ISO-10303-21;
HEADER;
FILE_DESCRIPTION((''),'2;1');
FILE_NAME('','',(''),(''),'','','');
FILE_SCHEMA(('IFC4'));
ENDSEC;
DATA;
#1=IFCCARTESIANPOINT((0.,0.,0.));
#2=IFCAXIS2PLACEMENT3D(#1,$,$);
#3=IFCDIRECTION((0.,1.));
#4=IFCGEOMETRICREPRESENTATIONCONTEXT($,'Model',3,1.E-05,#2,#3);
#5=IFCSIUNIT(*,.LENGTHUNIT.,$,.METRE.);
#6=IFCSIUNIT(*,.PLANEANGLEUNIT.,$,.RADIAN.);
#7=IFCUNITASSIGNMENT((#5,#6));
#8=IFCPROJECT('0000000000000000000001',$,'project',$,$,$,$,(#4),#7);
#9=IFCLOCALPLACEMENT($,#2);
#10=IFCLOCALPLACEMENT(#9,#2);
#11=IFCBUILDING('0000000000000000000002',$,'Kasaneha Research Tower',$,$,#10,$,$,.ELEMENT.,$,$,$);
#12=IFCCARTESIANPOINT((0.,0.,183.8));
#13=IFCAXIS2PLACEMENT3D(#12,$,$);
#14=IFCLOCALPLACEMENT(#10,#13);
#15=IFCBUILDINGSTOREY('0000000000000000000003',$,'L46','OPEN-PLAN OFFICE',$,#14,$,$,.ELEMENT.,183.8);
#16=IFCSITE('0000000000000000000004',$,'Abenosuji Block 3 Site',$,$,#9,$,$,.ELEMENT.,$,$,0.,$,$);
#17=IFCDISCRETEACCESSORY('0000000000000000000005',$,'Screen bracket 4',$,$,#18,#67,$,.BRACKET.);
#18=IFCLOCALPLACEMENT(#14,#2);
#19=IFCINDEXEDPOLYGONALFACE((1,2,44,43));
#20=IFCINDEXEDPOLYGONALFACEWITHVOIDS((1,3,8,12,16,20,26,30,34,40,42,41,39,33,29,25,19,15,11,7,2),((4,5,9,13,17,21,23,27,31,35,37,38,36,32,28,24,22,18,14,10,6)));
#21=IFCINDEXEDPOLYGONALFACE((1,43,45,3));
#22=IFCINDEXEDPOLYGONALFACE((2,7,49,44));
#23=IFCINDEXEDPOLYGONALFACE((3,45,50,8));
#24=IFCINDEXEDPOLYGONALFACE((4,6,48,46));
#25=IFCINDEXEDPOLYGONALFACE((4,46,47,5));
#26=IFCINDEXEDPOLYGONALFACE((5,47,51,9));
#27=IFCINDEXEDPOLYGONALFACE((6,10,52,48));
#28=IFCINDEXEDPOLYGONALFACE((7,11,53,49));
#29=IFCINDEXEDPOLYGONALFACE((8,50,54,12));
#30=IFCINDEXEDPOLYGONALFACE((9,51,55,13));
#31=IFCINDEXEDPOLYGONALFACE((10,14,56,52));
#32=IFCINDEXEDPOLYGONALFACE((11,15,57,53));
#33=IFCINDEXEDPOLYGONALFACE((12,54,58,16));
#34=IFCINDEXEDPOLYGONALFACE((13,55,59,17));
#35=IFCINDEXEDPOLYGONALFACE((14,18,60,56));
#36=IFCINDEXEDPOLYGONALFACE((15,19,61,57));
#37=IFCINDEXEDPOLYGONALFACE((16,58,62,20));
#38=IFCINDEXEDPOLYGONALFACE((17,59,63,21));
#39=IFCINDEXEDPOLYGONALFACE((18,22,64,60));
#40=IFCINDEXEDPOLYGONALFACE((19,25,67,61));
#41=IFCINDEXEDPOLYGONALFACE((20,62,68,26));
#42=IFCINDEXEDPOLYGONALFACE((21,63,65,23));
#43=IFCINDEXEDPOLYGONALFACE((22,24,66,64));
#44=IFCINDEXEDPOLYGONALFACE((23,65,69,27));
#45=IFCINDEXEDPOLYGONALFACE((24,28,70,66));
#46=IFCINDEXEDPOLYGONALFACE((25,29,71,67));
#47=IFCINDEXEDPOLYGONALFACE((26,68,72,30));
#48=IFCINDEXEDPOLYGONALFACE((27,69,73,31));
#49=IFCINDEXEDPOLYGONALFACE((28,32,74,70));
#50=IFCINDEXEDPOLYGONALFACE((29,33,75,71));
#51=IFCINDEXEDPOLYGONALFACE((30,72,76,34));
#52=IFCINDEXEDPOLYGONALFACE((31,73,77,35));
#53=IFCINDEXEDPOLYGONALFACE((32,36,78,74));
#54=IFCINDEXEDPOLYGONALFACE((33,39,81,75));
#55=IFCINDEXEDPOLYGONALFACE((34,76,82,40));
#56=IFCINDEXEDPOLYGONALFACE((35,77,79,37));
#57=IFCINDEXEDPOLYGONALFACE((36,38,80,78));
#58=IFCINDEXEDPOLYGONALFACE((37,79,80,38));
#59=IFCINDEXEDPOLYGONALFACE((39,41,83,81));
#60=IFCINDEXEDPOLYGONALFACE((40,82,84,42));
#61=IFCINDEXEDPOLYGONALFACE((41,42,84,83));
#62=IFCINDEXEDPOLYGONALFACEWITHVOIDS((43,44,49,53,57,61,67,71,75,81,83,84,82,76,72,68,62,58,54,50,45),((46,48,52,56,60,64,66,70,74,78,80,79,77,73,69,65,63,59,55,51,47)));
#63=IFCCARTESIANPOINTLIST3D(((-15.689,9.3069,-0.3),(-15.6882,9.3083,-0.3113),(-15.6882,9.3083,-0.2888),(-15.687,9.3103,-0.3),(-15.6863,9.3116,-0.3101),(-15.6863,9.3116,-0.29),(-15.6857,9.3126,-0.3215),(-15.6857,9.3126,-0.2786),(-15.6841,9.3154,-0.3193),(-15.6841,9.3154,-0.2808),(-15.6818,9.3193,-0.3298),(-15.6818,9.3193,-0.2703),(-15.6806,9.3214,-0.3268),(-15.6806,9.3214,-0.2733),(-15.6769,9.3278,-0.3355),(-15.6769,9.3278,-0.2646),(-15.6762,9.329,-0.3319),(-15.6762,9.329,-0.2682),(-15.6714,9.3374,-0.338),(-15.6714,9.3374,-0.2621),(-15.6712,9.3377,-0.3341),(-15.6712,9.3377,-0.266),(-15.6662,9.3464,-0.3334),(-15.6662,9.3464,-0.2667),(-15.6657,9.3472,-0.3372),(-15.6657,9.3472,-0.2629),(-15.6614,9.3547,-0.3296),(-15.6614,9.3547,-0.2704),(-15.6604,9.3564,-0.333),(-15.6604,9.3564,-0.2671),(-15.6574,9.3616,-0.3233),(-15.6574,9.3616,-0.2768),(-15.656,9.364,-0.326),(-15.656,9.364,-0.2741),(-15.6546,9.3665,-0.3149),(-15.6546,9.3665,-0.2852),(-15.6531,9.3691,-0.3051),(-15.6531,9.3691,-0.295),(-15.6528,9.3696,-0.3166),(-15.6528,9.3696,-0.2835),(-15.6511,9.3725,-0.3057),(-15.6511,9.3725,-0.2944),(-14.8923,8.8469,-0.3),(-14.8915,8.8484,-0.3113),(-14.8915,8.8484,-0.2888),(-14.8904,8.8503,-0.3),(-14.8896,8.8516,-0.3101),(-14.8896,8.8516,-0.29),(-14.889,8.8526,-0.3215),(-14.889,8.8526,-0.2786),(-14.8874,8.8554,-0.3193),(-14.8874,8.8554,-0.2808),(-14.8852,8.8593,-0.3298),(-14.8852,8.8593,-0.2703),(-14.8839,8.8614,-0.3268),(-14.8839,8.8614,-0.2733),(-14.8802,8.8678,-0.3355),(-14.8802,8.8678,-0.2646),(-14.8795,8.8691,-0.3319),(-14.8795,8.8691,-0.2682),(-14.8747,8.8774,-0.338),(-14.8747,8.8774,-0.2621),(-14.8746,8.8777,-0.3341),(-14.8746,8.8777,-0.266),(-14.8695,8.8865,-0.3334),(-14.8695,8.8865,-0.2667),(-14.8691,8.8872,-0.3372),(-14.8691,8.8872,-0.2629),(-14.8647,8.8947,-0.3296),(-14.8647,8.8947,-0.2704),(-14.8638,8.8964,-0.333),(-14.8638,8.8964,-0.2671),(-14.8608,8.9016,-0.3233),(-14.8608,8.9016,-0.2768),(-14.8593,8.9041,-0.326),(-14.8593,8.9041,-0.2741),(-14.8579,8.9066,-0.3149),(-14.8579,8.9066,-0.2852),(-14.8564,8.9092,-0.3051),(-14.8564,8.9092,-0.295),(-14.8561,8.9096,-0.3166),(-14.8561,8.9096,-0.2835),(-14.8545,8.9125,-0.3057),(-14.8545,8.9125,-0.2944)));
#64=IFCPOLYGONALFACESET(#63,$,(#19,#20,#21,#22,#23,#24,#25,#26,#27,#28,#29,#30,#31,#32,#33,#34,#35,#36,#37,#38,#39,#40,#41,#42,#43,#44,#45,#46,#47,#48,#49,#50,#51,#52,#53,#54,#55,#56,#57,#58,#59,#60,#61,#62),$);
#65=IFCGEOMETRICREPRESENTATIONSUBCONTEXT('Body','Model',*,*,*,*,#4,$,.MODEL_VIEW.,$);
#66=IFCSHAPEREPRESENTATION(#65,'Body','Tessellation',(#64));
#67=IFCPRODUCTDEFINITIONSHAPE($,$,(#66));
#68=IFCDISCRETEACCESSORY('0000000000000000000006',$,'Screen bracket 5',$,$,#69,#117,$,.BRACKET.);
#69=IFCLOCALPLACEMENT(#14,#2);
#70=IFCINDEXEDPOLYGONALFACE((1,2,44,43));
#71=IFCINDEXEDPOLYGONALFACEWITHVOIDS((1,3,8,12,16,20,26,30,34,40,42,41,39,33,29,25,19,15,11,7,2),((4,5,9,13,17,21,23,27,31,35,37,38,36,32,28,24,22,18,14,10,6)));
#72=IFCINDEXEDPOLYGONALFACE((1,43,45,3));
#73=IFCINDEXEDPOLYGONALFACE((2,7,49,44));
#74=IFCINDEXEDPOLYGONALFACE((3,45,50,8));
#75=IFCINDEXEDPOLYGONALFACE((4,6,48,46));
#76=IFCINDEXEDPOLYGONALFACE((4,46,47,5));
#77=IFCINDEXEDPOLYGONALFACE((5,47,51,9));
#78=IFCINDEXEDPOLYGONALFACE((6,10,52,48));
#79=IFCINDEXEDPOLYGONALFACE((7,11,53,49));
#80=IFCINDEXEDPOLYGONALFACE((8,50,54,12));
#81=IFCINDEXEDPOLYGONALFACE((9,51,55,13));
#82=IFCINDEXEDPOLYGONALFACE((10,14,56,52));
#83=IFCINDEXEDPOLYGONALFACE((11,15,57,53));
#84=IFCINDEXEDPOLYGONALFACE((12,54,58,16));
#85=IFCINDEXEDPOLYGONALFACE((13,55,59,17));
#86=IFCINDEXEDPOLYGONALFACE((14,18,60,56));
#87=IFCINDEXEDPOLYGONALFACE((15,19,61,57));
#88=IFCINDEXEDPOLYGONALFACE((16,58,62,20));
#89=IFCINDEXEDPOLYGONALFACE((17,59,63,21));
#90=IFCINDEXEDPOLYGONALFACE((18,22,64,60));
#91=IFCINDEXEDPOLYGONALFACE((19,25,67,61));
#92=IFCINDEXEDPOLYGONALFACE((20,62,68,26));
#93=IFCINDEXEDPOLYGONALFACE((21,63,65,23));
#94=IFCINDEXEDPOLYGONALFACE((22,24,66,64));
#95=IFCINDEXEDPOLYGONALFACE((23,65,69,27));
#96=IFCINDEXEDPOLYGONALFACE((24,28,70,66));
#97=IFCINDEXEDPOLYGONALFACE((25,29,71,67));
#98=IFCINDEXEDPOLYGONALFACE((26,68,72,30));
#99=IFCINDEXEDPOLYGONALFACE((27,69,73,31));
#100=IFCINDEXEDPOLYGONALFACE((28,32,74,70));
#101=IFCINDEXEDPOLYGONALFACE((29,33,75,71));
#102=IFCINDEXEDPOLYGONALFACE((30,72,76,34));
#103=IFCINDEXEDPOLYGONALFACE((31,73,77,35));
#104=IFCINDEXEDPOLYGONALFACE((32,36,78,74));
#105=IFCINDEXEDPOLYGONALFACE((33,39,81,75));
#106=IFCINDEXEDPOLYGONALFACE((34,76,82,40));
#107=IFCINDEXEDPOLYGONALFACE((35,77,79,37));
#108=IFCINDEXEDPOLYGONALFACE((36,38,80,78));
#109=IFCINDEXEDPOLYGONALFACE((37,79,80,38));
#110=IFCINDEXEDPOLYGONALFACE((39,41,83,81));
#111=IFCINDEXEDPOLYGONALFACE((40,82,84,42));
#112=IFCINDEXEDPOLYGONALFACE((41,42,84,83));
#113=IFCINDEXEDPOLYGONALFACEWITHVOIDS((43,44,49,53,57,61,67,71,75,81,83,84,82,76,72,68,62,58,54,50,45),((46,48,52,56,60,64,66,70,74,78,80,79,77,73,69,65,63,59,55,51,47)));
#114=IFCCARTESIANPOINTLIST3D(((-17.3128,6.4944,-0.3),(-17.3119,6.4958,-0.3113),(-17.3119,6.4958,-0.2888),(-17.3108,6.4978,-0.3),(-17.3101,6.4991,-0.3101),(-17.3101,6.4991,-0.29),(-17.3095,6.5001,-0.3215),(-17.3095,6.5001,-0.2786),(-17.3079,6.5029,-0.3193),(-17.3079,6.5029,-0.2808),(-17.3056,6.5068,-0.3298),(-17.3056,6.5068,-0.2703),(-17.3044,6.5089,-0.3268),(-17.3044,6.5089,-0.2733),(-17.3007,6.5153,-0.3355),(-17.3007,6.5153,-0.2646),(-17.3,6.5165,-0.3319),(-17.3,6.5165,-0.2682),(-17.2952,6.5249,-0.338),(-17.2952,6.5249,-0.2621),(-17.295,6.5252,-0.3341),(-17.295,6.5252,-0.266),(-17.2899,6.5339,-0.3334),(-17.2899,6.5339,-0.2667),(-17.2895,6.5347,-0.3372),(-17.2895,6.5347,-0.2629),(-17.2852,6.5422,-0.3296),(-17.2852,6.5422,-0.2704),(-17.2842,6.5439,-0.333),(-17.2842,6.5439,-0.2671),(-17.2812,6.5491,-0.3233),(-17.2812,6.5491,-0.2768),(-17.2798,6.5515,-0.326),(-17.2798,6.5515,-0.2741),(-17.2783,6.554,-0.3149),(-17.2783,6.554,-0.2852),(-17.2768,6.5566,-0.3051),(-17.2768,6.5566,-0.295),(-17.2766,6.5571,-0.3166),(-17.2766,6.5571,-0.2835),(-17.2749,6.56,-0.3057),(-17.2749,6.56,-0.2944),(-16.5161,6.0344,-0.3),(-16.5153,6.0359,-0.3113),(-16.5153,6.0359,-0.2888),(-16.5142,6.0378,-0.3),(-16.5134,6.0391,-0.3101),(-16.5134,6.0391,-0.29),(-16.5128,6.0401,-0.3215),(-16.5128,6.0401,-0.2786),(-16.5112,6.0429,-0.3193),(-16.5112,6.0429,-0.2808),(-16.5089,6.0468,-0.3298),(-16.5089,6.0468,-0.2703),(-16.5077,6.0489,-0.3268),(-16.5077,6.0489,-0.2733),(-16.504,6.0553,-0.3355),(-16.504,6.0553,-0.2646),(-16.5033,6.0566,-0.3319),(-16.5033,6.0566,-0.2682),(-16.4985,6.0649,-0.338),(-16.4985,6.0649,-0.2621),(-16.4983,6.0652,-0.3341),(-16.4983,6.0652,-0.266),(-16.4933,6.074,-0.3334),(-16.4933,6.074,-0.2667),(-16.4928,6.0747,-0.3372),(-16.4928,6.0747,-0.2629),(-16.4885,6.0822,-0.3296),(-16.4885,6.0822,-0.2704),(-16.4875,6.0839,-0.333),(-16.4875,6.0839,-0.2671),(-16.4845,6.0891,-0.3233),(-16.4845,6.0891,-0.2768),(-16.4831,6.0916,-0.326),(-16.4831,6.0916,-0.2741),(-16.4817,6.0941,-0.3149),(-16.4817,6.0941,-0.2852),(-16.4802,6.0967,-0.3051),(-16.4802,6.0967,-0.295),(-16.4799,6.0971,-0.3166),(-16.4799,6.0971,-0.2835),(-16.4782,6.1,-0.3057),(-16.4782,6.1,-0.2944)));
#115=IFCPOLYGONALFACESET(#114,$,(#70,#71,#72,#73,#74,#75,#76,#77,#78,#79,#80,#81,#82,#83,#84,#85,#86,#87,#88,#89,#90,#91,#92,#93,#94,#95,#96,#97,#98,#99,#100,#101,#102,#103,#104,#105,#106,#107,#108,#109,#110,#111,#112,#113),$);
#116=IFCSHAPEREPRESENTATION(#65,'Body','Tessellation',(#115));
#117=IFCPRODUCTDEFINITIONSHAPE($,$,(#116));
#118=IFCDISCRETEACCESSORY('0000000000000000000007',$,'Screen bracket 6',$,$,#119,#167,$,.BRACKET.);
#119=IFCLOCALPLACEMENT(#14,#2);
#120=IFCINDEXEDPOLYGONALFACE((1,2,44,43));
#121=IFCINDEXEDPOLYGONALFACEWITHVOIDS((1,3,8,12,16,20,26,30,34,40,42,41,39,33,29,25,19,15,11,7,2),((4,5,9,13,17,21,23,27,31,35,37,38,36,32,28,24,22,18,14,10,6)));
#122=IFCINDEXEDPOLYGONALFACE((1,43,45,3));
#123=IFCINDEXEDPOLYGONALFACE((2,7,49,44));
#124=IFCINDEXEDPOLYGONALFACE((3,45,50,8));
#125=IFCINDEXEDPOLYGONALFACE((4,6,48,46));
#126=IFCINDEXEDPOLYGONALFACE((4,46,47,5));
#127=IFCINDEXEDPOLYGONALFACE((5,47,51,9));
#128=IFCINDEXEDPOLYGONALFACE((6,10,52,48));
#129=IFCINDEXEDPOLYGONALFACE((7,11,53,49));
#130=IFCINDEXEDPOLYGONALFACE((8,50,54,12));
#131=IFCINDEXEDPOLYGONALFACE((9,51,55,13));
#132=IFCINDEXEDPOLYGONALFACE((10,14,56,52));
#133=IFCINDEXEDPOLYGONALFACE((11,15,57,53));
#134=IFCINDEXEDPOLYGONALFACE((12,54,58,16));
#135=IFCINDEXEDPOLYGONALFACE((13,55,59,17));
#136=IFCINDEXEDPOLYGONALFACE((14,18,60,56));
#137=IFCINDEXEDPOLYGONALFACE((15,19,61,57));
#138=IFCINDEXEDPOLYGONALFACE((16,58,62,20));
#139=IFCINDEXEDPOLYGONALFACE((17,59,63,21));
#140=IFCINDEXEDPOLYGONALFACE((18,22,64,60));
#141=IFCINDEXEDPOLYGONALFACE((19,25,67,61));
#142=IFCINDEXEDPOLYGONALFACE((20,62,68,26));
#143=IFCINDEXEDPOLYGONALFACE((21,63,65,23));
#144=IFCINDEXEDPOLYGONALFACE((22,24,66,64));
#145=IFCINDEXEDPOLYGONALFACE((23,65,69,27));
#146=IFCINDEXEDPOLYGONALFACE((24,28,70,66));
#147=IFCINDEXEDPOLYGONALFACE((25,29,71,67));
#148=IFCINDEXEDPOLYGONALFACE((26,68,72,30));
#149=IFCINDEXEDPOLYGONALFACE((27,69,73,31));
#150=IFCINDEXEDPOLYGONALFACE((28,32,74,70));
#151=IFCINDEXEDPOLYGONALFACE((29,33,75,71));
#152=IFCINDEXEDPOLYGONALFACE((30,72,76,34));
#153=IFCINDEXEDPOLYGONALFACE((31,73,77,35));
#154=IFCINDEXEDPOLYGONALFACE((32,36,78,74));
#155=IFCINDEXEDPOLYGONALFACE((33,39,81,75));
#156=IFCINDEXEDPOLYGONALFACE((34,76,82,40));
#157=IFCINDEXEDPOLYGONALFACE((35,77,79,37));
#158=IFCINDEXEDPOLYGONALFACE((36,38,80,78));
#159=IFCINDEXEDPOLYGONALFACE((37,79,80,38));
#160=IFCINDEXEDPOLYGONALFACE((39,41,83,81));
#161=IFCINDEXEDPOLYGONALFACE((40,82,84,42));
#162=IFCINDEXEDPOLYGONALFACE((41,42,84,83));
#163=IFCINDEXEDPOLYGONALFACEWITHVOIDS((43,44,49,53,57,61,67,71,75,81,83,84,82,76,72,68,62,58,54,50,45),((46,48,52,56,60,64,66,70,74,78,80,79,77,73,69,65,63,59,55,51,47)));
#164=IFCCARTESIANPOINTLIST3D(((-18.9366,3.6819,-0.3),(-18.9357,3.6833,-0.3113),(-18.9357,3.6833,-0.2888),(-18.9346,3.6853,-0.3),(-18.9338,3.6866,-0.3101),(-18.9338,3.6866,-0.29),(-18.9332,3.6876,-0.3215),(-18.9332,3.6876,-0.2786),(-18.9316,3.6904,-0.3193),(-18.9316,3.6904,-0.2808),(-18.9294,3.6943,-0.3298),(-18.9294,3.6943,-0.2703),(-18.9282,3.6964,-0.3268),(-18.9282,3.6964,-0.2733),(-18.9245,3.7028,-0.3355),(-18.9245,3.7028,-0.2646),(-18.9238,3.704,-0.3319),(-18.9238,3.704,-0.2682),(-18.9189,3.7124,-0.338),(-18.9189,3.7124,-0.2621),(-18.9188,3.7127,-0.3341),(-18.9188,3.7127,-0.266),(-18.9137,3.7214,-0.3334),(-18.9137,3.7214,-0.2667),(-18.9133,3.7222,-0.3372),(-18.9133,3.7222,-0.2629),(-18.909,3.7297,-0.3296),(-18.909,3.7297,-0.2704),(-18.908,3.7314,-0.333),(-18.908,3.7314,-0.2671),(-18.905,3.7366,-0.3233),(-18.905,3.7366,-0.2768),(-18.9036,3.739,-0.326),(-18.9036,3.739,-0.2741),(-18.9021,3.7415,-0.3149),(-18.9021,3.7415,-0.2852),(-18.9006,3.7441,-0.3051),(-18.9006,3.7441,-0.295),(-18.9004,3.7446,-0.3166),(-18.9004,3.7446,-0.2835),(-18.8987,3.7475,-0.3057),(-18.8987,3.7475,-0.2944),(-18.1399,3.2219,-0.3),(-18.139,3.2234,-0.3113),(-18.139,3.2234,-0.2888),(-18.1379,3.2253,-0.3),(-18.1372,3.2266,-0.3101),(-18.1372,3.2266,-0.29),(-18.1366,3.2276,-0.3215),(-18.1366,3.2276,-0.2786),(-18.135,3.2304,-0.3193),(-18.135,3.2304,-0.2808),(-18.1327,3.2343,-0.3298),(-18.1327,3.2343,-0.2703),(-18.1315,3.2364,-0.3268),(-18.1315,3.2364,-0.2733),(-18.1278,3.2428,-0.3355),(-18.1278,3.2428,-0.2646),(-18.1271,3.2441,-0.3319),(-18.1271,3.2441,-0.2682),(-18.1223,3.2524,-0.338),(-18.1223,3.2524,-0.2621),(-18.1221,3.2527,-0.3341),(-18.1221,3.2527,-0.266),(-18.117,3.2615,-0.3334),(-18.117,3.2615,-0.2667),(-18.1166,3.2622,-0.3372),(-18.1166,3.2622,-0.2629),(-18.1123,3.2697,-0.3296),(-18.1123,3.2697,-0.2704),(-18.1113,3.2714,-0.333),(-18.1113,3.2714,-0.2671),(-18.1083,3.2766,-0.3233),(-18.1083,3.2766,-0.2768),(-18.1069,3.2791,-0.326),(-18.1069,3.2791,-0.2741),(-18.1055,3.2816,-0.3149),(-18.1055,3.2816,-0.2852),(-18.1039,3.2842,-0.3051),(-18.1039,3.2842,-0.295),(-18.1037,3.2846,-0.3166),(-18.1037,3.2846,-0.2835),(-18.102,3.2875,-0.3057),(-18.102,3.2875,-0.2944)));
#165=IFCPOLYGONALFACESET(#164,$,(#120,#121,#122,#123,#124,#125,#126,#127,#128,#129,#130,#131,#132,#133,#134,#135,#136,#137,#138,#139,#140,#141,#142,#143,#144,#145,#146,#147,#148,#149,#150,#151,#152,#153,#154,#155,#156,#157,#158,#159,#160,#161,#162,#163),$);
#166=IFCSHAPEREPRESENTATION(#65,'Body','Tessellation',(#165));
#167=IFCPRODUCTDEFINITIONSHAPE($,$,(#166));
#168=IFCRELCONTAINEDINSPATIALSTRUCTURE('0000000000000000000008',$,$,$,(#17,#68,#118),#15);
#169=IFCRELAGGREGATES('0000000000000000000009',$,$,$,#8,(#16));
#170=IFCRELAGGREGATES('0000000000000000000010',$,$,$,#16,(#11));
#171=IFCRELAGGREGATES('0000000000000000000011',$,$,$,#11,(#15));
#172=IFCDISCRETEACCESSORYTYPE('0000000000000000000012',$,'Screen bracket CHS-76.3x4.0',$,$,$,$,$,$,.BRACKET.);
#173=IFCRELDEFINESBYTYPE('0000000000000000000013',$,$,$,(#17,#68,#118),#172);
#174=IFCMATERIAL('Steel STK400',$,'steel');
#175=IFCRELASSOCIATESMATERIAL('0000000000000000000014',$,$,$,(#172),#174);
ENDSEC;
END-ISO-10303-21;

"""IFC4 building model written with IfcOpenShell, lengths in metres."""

from ifc_helpers import new_model, si_unit, direction, frame, origin, origin_2d, place, context, subcontext, project, spatial, hollow_circle, extrude, material, material_profile, profile_set, type_object, element, save


model = new_model("IFC4")

# Units and contexts
model_context = context("Model", 3, precision=1e-05, world=origin(), true_north=direction((0.0, 1.0)))
body_context = subcontext(model_context, "Body", "Model", "MODEL_VIEW")
ifc_project = project(units=[si_unit("LENGTHUNIT", "METRE"), si_unit("PLANEANGLEUNIT", "RADIAN")], contexts=[model_context])

# Site, building, storey
site_placement = place(None, origin())
site = spatial("IfcSite", under=ifc_project, at=site_placement, Name="Abenosuji Block 3 Site", CompositionType="ELEMENT", RefElevation=0.0)
building_placement = place(site_placement, origin())
building = spatial("IfcBuilding", under=site, at=building_placement, Name="Kasaneha Research Tower", CompositionType="ELEMENT")
storey_placement = place(building_placement, frame((0.0, 0.0, 183.8)))
storey = spatial("IfcBuildingStorey", under=building, at=storey_placement, Name="L46", Description="OPEN-PLAN OFFICE", CompositionType="ELEMENT", Elevation=183.8)

# Discrete accessories
ifc_material_1 = material(Name="Steel STK400", Category="steel")
ifc_material_profile_1 = material_profile(ifc_material_1, hollow_circle(Radius=0.0381, WallThickness=0.0039, at=origin_2d()), Name="CHS-76.3x4.0")
ifc_profile_set_1 = profile_set([ifc_material_profile_1], Name="Steel STK400")
discrete_accessory_type = type_object("IfcDiscreteAccessoryType", Name="Screen bracket CHS-76.3x4.0", PredefinedType="BRACKET", material=ifc_profile_set_1)
for number, where, z_axis, x_axis, name in (
    (1, (-14.8733, 8.8799, -0.3), (-0.866013, 0.500021, 0.0), (-0.500021, -0.866013, 0.0), "Screen bracket 4"),
    (2, (-16.4971, 6.0674, -0.3), (-0.866013, 0.500021, 0.0), (-0.500021, -0.866013, 0.0), "Screen bracket 5"),
    (3, (-18.1208, 3.2549, -0.3), (-0.866013, 0.500021, 0.0), (-0.500021, -0.866013, 0.0), "Screen bracket 6"),
):
    element("IfcDiscreteAccessory", number, at=place(storey_placement, frame(where, z_axis=z_axis, x_axis=x_axis)), inside=storey, type_object=discrete_accessory_type, Name=name, PredefinedType="BRACKET", context=body_context, shape_type="SweptSolid", body=[
        extrude(hollow_circle(Radius=0.0381, WallThickness=0.0039, at=origin_2d()), origin(), (0.0, 0.0, 1.0), 0.9199),
    ])

save(model, "model.ifc")
